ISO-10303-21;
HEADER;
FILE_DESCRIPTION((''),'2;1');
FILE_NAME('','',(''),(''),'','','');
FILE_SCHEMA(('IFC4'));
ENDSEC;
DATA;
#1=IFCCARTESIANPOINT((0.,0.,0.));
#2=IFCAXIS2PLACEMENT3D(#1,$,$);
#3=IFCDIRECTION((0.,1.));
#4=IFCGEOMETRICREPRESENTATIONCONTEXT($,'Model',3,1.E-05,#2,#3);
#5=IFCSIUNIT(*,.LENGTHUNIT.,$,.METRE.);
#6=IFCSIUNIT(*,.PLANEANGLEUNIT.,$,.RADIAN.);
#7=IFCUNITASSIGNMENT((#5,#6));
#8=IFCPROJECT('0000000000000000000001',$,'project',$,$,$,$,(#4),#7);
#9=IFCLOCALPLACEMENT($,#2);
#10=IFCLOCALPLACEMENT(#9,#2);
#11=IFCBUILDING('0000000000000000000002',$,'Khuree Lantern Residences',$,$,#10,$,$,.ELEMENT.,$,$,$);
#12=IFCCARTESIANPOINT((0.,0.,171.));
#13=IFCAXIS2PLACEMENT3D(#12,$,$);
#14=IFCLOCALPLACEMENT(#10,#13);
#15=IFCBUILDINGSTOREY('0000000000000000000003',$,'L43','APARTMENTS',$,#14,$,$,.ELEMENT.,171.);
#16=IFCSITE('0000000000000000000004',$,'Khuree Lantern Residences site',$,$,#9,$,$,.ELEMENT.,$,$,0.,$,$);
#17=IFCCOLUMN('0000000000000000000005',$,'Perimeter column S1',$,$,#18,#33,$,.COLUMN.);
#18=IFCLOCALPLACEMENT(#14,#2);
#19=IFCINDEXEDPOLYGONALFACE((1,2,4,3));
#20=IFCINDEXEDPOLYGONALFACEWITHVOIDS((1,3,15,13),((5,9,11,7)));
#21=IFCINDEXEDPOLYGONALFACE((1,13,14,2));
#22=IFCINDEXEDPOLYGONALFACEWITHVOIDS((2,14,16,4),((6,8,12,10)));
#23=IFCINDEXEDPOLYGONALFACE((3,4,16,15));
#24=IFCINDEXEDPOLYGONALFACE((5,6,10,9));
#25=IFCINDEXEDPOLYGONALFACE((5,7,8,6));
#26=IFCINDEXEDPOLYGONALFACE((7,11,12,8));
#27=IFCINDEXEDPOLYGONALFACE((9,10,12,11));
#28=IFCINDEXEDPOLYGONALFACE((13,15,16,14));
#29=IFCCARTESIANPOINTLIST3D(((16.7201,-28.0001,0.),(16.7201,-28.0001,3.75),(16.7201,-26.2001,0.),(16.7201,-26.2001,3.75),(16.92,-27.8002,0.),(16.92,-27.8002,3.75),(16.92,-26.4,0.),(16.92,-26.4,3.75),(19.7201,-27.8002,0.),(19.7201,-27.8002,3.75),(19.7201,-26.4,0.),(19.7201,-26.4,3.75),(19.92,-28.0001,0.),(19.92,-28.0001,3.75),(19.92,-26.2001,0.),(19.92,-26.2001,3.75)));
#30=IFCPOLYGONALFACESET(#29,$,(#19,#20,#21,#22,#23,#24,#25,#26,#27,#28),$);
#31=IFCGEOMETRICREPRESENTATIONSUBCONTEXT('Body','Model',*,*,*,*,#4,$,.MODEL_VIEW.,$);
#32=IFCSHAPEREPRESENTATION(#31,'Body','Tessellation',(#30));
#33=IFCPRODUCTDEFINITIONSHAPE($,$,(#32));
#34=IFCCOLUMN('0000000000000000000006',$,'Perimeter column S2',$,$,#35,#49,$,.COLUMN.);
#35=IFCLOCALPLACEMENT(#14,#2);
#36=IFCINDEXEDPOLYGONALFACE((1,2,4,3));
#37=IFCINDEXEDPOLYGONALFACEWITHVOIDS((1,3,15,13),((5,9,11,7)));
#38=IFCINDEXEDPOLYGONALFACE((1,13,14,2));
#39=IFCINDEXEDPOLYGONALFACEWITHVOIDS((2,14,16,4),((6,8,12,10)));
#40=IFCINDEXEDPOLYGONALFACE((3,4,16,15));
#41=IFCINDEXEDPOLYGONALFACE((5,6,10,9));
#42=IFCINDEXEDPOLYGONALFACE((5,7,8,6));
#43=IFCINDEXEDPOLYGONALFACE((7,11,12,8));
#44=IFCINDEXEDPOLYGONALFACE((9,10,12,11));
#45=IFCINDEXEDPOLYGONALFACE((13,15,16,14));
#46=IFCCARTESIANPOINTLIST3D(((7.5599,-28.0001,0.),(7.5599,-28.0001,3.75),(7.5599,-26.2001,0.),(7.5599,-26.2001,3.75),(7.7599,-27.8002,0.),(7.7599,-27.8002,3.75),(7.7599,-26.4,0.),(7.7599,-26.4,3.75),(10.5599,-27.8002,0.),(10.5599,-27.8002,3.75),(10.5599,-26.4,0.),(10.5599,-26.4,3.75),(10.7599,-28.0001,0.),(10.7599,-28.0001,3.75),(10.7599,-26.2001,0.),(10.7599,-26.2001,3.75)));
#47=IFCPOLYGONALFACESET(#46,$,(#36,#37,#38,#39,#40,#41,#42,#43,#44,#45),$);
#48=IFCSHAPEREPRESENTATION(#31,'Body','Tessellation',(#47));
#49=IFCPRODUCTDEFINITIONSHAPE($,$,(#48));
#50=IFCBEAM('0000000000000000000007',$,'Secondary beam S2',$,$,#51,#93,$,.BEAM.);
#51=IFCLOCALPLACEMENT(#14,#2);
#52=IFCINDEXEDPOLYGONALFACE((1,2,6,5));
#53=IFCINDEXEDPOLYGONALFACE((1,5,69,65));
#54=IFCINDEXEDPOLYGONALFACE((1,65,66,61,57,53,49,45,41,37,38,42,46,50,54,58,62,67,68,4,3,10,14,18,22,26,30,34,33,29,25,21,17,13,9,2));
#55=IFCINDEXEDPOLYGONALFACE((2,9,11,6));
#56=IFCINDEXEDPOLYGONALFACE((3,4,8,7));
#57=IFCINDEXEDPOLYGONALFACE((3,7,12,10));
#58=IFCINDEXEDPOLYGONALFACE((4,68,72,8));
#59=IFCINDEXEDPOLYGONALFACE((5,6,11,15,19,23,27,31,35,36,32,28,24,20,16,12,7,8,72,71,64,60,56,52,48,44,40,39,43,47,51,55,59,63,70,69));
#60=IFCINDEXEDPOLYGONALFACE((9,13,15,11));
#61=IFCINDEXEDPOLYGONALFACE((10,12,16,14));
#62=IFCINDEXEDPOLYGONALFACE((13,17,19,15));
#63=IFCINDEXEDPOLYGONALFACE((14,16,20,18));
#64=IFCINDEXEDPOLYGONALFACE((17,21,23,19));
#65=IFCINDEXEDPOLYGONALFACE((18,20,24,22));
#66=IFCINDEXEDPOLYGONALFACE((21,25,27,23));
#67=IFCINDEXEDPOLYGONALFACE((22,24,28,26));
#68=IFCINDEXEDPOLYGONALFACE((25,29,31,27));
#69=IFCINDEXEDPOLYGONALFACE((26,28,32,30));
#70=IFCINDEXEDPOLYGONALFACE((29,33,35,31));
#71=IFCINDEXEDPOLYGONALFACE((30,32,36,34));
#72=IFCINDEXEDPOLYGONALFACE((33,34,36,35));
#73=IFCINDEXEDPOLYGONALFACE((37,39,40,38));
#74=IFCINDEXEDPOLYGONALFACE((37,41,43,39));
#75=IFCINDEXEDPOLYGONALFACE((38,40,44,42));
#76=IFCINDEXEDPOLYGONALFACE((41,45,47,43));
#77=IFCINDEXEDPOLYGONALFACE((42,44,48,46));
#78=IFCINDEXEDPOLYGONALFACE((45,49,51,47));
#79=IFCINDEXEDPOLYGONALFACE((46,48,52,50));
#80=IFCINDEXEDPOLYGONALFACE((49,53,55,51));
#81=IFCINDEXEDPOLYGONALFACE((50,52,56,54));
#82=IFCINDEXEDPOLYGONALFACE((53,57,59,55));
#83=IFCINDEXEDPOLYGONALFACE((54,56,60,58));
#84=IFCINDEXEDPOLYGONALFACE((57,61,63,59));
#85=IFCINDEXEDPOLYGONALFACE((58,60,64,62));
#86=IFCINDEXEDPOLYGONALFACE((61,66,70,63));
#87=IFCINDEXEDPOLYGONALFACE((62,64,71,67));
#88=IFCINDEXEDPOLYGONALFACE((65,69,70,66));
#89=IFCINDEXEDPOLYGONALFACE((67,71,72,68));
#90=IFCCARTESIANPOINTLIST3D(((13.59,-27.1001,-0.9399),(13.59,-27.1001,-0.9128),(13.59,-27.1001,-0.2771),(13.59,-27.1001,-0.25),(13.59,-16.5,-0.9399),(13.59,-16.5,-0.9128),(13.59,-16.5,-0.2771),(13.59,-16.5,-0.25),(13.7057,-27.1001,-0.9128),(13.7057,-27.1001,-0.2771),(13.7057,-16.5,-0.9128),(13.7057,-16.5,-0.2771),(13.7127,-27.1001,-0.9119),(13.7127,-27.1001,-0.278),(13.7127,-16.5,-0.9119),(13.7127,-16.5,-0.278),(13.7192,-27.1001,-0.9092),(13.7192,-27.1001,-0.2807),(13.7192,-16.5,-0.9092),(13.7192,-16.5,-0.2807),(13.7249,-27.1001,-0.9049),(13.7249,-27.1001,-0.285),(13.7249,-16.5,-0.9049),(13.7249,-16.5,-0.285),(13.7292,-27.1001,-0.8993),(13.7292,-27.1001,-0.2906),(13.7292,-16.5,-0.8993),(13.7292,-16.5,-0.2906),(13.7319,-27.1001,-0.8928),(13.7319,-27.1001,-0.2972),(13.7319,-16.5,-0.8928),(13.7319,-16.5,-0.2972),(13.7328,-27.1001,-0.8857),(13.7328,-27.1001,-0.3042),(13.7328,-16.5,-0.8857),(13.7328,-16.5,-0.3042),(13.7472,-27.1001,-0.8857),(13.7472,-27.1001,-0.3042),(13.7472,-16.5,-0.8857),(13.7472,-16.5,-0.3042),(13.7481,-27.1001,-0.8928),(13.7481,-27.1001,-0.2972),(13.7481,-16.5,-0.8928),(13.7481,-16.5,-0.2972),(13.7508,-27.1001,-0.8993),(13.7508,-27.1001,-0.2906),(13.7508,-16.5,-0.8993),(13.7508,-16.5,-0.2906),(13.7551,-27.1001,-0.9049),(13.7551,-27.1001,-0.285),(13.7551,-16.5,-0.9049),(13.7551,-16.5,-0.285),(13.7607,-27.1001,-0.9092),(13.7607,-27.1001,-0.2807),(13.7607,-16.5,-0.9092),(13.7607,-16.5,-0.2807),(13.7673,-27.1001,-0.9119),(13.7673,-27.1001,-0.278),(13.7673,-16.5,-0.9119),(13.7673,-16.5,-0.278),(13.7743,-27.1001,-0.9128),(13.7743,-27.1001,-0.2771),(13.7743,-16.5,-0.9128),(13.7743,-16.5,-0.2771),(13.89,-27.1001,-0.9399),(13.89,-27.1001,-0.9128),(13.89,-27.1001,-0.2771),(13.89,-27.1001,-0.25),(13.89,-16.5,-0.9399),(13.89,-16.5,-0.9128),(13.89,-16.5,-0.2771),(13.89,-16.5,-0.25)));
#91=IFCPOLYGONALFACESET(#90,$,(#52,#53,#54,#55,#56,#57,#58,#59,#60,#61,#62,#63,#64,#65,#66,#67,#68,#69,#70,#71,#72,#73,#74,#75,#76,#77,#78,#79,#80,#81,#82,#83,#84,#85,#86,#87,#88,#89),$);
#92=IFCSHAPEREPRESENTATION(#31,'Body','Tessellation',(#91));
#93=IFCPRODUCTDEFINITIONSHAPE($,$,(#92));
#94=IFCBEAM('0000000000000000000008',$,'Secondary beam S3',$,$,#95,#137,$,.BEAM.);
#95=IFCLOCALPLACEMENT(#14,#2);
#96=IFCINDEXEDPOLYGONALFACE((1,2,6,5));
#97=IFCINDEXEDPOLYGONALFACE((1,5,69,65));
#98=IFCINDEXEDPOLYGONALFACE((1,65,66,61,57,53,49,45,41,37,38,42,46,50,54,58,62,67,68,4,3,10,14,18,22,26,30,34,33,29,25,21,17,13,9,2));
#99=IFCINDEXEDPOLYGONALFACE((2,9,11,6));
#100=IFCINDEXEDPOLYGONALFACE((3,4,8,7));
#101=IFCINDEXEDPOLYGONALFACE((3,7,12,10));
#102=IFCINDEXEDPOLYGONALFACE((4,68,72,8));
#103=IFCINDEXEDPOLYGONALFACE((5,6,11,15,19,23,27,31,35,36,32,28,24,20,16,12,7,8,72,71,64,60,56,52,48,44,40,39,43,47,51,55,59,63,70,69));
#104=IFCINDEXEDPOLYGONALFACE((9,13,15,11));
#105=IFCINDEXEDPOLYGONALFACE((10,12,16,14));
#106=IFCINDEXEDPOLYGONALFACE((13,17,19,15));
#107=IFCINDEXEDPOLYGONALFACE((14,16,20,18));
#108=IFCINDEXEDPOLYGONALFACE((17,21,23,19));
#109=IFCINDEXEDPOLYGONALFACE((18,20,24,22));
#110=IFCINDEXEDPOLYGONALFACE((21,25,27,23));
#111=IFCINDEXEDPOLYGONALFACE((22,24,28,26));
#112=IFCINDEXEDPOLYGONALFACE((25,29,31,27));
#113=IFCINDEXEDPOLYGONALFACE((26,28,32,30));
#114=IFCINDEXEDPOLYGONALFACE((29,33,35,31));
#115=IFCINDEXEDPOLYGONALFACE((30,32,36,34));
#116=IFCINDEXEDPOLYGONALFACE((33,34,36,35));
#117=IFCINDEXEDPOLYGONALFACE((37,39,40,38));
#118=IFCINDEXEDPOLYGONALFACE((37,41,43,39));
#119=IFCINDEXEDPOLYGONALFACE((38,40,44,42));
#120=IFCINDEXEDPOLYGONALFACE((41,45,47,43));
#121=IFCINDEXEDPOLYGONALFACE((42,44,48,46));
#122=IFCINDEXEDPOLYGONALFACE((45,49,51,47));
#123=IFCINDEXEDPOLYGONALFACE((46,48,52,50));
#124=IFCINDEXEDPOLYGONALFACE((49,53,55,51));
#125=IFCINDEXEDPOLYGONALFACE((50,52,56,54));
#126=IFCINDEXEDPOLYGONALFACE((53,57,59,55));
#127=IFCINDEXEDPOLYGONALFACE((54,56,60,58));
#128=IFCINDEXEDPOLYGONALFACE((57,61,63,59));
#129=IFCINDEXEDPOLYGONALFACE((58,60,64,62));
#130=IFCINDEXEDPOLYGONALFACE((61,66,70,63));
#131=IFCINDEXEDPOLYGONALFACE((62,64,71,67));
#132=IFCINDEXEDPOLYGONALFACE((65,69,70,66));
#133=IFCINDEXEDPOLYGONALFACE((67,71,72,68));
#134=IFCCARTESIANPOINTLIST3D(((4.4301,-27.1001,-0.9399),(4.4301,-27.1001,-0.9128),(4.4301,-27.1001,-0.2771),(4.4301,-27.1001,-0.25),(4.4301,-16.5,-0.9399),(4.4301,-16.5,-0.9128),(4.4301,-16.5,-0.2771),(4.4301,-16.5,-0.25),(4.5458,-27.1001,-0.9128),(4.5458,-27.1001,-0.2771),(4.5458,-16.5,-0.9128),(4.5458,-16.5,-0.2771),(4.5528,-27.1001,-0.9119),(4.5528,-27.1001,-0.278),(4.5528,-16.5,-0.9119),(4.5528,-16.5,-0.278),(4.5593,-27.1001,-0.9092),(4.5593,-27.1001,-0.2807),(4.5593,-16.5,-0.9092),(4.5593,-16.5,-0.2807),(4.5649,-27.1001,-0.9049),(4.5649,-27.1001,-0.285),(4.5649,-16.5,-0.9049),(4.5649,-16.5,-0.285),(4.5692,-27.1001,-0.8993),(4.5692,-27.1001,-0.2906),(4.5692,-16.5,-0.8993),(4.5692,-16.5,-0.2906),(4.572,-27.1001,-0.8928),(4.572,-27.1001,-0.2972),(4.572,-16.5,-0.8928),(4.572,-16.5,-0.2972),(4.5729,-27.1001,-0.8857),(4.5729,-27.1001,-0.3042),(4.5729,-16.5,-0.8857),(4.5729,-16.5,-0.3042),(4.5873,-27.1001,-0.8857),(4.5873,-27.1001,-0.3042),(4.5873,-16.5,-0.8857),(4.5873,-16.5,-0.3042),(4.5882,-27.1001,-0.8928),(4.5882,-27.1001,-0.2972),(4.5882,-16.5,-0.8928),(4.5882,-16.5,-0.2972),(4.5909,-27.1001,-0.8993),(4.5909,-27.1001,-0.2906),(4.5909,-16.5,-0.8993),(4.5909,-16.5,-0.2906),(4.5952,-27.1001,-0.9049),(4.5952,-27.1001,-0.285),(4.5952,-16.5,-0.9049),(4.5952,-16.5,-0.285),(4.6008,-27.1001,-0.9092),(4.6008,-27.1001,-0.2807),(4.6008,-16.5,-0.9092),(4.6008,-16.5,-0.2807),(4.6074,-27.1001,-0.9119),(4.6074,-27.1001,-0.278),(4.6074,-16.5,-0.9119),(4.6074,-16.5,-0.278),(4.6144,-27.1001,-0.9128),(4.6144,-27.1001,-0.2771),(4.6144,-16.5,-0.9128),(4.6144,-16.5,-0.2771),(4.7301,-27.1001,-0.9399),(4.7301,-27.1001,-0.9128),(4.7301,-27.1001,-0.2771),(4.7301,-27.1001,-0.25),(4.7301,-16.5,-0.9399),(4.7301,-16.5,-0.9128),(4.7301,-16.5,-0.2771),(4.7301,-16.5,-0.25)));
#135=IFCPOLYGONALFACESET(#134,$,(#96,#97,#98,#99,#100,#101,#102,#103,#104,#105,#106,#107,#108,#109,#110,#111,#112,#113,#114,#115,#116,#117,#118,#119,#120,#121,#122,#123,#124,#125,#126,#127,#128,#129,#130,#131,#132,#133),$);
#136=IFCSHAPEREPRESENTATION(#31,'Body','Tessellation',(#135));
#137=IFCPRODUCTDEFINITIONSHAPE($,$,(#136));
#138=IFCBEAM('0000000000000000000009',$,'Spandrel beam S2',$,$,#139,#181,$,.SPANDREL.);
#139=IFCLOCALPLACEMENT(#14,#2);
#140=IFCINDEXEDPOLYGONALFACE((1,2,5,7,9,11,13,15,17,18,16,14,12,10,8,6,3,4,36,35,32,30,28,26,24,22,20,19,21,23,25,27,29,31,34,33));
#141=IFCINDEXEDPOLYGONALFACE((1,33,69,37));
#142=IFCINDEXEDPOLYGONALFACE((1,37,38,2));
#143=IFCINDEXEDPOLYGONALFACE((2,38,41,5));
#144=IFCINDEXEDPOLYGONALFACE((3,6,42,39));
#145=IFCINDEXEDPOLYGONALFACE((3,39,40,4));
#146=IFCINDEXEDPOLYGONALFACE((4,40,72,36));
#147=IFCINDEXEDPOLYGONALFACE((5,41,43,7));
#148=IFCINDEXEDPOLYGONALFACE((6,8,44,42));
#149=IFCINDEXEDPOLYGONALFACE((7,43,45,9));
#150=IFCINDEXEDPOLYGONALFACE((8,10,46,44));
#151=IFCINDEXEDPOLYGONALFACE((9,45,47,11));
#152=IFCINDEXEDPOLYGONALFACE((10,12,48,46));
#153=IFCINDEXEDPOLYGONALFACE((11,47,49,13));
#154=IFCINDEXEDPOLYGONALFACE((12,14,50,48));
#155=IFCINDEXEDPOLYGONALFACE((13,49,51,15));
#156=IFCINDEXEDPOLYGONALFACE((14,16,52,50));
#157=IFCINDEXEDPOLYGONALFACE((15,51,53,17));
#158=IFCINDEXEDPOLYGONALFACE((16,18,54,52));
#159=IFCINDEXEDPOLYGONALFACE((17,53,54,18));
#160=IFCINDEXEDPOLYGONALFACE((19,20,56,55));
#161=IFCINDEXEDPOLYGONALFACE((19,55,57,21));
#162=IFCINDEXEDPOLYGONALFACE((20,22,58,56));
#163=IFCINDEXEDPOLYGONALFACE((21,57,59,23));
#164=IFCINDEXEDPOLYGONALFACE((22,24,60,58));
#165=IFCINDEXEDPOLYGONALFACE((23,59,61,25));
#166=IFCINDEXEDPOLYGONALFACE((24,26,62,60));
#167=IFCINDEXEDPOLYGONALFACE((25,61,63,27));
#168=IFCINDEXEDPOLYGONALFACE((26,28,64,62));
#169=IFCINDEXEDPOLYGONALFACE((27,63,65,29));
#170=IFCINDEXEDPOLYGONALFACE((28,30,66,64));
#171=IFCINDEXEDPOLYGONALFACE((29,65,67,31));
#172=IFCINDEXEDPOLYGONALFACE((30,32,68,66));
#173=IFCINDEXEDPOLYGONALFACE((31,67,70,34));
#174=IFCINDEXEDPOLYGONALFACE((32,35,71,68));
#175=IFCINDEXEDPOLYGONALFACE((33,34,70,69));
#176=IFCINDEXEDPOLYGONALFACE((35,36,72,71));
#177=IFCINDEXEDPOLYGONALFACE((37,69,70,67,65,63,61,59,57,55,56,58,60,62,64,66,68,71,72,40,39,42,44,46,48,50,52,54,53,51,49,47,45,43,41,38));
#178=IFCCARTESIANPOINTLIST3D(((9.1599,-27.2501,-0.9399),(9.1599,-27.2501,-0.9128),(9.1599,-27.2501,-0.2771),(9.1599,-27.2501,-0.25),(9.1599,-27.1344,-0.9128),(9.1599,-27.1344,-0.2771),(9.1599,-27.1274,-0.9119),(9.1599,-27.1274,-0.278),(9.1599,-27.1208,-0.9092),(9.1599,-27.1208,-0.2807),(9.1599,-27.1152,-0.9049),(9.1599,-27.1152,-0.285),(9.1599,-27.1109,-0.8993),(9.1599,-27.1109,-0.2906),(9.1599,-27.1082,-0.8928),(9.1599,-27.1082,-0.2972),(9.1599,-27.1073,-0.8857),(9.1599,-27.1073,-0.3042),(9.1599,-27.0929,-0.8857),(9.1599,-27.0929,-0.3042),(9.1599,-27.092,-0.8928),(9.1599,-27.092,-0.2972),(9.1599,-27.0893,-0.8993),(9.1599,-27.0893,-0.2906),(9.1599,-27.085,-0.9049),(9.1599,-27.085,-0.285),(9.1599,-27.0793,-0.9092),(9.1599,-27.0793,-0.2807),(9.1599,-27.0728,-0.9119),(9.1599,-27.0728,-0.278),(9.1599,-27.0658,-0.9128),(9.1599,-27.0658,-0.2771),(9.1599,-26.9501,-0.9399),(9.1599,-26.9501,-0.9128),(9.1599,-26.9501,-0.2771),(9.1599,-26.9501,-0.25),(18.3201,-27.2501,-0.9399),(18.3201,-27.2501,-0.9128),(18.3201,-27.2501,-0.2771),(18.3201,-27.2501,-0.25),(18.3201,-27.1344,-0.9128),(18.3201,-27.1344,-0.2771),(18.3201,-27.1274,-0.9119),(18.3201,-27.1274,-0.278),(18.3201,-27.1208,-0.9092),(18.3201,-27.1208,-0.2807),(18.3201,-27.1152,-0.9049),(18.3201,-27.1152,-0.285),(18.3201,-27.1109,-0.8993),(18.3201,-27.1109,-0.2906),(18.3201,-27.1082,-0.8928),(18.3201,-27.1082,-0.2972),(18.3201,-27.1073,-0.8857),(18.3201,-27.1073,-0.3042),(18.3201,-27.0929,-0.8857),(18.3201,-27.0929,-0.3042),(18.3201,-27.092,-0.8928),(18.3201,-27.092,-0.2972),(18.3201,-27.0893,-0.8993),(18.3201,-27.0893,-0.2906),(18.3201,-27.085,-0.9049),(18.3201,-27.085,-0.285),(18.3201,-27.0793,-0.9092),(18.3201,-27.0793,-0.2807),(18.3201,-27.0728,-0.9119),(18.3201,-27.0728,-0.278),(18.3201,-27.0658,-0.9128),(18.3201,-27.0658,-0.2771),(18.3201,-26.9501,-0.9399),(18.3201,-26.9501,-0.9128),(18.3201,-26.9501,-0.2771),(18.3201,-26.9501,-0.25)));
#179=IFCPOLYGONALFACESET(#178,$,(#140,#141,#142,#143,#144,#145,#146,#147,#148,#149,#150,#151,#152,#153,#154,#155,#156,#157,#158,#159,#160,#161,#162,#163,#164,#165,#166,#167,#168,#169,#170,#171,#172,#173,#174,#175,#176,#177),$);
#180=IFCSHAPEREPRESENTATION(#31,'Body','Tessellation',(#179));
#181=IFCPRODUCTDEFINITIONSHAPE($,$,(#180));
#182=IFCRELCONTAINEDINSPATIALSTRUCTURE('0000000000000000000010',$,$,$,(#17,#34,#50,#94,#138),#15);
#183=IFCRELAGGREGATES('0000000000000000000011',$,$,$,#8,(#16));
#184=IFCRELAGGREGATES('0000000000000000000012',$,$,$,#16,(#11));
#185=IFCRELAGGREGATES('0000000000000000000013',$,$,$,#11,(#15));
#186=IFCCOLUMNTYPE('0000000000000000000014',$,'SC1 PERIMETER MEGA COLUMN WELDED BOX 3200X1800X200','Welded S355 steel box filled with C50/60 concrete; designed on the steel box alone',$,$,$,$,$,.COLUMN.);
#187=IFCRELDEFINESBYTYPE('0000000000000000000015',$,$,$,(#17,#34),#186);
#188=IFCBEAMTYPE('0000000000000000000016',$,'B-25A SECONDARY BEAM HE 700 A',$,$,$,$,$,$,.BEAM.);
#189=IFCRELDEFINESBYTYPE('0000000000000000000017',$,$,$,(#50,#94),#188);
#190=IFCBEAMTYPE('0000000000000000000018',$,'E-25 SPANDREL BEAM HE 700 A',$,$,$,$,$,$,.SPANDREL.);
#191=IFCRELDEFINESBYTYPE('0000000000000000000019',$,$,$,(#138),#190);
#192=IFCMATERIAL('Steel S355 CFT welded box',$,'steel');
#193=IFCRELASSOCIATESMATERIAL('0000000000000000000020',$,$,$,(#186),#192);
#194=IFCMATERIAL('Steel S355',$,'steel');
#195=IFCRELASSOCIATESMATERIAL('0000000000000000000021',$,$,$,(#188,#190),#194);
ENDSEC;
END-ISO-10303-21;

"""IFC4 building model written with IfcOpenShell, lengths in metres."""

from ifc_helpers import new_model, si_unit, direction, frame, origin, origin_2d, place, context, subcontext, project, spatial, hollow_rectangle, i_section, extrude, material, material_profile, profile_set, type_object, element, save


model = new_model("IFC4")

# Units and contexts
model_context = context("Model", 3, precision=1e-05, world=origin(), true_north=direction((0.0, 1.0)))
body_context = subcontext(model_context, "Body", "Model", "MODEL_VIEW")
ifc_project = project(units=[si_unit("LENGTHUNIT", "METRE"), si_unit("PLANEANGLEUNIT", "RADIAN")], contexts=[model_context])

# Site, building, storey
site_placement = place(None, origin())
site = spatial("IfcSite", under=ifc_project, at=site_placement, Name="Khuree Lantern Residences site", CompositionType="ELEMENT", RefElevation=0.0)
building_placement = place(site_placement, origin())
building = spatial("IfcBuilding", under=site, at=building_placement, Name="Khuree Lantern Residences", CompositionType="ELEMENT")
storey_placement = place(building_placement, frame((0.0, 0.0, 171.0)))
storey = spatial("IfcBuildingStorey", under=building, at=storey_placement, Name="L43", Description="APARTMENTS", CompositionType="ELEMENT", Elevation=171.0)

# Columns
ifc_material_1 = material(Name="Steel S355 CFT welded box", Category="steel")
ifc_material_profile_1 = material_profile(ifc_material_1, hollow_rectangle(XDim=3.2, YDim=1.8, WallThickness=0.2, at=origin_2d()), Name="WELDED BOX 3200X1800X200")
ifc_profile_set_1 = profile_set([ifc_material_profile_1], Name="Steel S355 CFT welded box")
column_type = type_object("IfcColumnType", Name="SC1 PERIMETER MEGA COLUMN WELDED BOX 3200X1800X200", Description="Welded S355 steel box filled with C50/60 concrete; designed on the steel box alone", PredefinedType="COLUMN", material=ifc_profile_set_1)
for number, where, z_axis, x_axis, name in (
    (1, (18.3201, -27.1001, 0.0), (0.0, 0.0, 1.0), (1.0, 0.0, 0.0), "Perimeter column S1"),
    (2, (9.1599, -27.1001, 0.0), (0.0, 0.0, 1.0), (1.0, 0.0, 0.0), "Perimeter column S2"),
):
    element("IfcColumn", number, at=place(storey_placement, frame(where, z_axis=z_axis, x_axis=x_axis)), inside=storey, type_object=column_type, Name=name, PredefinedType="COLUMN", context=body_context, shape_type="SweptSolid", body=[
        extrude(hollow_rectangle(XDim=3.2, YDim=1.8, WallThickness=0.2, at=origin_2d()), origin(), (0.0, 0.0, 1.0), 3.75),
    ])

# Beams
ifc_material_2 = material(Name="Steel S355", Category="steel")
ifc_material_profile_2 = material_profile(ifc_material_2, i_section(OverallWidth=0.3, OverallDepth=0.6899, WebThickness=0.0144, FlangeThickness=0.0271, FilletRadius=0.0271, at=origin_2d()), Name="HE 700 A")
ifc_profile_set_2 = profile_set([ifc_material_profile_2], Name="Steel S355")
beam_type_1 = type_object("IfcBeamType", Name="B-25A SECONDARY BEAM HE 700 A", PredefinedType="BEAM", material=ifc_profile_set_2)
for number, where, z_axis, x_axis, name in (
    (3, (13.74, -27.1001, -0.595), (0.0, 1.0, 0.0), (-1.0, 0.0, 0.0), "Secondary beam S2"),
    (4, (4.5801, -27.1001, -0.595), (0.0, 1.0, 0.0), (-1.0, 0.0, 0.0), "Secondary beam S3"),
):
    element("IfcBeam", number, at=place(storey_placement, frame(where, z_axis=z_axis, x_axis=x_axis)), inside=storey, type_object=beam_type_1, Name=name, PredefinedType="BEAM", context=body_context, shape_type="SweptSolid", body=[
        extrude(i_section(OverallWidth=0.3, OverallDepth=0.6899, WebThickness=0.0144, FlangeThickness=0.0271, FilletRadius=0.0271, at=origin_2d()), origin(), (0.0, 0.0, 1.0), 10.6001),
    ])
ifc_material_profile_3 = material_profile(ifc_material_2, i_section(OverallWidth=0.3, OverallDepth=0.6899, WebThickness=0.0144, FlangeThickness=0.0271, FilletRadius=0.0271, at=origin_2d()), Name="HE 700 A")
ifc_profile_set_3 = profile_set([ifc_material_profile_3], Name="Steel S355")
beam_type_2 = type_object("IfcBeamType", Name="E-25 SPANDREL BEAM HE 700 A", PredefinedType="SPANDREL", material=ifc_profile_set_3)
beam_1_placement = place(storey_placement, frame((18.3201, -27.1001, -0.595), z_axis=(-1.0, 0.0, 0.0), x_axis=(0.0, -1.0, 0.0)))
element("IfcBeam", 5, at=beam_1_placement, inside=storey, type_object=beam_type_2, Name="Spandrel beam S2", PredefinedType="SPANDREL", context=body_context, shape_type="SweptSolid", body=[
    extrude(i_section(OverallWidth=0.3, OverallDepth=0.6899, WebThickness=0.0144, FlangeThickness=0.0271, FilletRadius=0.0271, at=origin_2d()), origin(), (0.0, 0.0, 1.0), 9.1602),
])

save(model, "model.ifc")
